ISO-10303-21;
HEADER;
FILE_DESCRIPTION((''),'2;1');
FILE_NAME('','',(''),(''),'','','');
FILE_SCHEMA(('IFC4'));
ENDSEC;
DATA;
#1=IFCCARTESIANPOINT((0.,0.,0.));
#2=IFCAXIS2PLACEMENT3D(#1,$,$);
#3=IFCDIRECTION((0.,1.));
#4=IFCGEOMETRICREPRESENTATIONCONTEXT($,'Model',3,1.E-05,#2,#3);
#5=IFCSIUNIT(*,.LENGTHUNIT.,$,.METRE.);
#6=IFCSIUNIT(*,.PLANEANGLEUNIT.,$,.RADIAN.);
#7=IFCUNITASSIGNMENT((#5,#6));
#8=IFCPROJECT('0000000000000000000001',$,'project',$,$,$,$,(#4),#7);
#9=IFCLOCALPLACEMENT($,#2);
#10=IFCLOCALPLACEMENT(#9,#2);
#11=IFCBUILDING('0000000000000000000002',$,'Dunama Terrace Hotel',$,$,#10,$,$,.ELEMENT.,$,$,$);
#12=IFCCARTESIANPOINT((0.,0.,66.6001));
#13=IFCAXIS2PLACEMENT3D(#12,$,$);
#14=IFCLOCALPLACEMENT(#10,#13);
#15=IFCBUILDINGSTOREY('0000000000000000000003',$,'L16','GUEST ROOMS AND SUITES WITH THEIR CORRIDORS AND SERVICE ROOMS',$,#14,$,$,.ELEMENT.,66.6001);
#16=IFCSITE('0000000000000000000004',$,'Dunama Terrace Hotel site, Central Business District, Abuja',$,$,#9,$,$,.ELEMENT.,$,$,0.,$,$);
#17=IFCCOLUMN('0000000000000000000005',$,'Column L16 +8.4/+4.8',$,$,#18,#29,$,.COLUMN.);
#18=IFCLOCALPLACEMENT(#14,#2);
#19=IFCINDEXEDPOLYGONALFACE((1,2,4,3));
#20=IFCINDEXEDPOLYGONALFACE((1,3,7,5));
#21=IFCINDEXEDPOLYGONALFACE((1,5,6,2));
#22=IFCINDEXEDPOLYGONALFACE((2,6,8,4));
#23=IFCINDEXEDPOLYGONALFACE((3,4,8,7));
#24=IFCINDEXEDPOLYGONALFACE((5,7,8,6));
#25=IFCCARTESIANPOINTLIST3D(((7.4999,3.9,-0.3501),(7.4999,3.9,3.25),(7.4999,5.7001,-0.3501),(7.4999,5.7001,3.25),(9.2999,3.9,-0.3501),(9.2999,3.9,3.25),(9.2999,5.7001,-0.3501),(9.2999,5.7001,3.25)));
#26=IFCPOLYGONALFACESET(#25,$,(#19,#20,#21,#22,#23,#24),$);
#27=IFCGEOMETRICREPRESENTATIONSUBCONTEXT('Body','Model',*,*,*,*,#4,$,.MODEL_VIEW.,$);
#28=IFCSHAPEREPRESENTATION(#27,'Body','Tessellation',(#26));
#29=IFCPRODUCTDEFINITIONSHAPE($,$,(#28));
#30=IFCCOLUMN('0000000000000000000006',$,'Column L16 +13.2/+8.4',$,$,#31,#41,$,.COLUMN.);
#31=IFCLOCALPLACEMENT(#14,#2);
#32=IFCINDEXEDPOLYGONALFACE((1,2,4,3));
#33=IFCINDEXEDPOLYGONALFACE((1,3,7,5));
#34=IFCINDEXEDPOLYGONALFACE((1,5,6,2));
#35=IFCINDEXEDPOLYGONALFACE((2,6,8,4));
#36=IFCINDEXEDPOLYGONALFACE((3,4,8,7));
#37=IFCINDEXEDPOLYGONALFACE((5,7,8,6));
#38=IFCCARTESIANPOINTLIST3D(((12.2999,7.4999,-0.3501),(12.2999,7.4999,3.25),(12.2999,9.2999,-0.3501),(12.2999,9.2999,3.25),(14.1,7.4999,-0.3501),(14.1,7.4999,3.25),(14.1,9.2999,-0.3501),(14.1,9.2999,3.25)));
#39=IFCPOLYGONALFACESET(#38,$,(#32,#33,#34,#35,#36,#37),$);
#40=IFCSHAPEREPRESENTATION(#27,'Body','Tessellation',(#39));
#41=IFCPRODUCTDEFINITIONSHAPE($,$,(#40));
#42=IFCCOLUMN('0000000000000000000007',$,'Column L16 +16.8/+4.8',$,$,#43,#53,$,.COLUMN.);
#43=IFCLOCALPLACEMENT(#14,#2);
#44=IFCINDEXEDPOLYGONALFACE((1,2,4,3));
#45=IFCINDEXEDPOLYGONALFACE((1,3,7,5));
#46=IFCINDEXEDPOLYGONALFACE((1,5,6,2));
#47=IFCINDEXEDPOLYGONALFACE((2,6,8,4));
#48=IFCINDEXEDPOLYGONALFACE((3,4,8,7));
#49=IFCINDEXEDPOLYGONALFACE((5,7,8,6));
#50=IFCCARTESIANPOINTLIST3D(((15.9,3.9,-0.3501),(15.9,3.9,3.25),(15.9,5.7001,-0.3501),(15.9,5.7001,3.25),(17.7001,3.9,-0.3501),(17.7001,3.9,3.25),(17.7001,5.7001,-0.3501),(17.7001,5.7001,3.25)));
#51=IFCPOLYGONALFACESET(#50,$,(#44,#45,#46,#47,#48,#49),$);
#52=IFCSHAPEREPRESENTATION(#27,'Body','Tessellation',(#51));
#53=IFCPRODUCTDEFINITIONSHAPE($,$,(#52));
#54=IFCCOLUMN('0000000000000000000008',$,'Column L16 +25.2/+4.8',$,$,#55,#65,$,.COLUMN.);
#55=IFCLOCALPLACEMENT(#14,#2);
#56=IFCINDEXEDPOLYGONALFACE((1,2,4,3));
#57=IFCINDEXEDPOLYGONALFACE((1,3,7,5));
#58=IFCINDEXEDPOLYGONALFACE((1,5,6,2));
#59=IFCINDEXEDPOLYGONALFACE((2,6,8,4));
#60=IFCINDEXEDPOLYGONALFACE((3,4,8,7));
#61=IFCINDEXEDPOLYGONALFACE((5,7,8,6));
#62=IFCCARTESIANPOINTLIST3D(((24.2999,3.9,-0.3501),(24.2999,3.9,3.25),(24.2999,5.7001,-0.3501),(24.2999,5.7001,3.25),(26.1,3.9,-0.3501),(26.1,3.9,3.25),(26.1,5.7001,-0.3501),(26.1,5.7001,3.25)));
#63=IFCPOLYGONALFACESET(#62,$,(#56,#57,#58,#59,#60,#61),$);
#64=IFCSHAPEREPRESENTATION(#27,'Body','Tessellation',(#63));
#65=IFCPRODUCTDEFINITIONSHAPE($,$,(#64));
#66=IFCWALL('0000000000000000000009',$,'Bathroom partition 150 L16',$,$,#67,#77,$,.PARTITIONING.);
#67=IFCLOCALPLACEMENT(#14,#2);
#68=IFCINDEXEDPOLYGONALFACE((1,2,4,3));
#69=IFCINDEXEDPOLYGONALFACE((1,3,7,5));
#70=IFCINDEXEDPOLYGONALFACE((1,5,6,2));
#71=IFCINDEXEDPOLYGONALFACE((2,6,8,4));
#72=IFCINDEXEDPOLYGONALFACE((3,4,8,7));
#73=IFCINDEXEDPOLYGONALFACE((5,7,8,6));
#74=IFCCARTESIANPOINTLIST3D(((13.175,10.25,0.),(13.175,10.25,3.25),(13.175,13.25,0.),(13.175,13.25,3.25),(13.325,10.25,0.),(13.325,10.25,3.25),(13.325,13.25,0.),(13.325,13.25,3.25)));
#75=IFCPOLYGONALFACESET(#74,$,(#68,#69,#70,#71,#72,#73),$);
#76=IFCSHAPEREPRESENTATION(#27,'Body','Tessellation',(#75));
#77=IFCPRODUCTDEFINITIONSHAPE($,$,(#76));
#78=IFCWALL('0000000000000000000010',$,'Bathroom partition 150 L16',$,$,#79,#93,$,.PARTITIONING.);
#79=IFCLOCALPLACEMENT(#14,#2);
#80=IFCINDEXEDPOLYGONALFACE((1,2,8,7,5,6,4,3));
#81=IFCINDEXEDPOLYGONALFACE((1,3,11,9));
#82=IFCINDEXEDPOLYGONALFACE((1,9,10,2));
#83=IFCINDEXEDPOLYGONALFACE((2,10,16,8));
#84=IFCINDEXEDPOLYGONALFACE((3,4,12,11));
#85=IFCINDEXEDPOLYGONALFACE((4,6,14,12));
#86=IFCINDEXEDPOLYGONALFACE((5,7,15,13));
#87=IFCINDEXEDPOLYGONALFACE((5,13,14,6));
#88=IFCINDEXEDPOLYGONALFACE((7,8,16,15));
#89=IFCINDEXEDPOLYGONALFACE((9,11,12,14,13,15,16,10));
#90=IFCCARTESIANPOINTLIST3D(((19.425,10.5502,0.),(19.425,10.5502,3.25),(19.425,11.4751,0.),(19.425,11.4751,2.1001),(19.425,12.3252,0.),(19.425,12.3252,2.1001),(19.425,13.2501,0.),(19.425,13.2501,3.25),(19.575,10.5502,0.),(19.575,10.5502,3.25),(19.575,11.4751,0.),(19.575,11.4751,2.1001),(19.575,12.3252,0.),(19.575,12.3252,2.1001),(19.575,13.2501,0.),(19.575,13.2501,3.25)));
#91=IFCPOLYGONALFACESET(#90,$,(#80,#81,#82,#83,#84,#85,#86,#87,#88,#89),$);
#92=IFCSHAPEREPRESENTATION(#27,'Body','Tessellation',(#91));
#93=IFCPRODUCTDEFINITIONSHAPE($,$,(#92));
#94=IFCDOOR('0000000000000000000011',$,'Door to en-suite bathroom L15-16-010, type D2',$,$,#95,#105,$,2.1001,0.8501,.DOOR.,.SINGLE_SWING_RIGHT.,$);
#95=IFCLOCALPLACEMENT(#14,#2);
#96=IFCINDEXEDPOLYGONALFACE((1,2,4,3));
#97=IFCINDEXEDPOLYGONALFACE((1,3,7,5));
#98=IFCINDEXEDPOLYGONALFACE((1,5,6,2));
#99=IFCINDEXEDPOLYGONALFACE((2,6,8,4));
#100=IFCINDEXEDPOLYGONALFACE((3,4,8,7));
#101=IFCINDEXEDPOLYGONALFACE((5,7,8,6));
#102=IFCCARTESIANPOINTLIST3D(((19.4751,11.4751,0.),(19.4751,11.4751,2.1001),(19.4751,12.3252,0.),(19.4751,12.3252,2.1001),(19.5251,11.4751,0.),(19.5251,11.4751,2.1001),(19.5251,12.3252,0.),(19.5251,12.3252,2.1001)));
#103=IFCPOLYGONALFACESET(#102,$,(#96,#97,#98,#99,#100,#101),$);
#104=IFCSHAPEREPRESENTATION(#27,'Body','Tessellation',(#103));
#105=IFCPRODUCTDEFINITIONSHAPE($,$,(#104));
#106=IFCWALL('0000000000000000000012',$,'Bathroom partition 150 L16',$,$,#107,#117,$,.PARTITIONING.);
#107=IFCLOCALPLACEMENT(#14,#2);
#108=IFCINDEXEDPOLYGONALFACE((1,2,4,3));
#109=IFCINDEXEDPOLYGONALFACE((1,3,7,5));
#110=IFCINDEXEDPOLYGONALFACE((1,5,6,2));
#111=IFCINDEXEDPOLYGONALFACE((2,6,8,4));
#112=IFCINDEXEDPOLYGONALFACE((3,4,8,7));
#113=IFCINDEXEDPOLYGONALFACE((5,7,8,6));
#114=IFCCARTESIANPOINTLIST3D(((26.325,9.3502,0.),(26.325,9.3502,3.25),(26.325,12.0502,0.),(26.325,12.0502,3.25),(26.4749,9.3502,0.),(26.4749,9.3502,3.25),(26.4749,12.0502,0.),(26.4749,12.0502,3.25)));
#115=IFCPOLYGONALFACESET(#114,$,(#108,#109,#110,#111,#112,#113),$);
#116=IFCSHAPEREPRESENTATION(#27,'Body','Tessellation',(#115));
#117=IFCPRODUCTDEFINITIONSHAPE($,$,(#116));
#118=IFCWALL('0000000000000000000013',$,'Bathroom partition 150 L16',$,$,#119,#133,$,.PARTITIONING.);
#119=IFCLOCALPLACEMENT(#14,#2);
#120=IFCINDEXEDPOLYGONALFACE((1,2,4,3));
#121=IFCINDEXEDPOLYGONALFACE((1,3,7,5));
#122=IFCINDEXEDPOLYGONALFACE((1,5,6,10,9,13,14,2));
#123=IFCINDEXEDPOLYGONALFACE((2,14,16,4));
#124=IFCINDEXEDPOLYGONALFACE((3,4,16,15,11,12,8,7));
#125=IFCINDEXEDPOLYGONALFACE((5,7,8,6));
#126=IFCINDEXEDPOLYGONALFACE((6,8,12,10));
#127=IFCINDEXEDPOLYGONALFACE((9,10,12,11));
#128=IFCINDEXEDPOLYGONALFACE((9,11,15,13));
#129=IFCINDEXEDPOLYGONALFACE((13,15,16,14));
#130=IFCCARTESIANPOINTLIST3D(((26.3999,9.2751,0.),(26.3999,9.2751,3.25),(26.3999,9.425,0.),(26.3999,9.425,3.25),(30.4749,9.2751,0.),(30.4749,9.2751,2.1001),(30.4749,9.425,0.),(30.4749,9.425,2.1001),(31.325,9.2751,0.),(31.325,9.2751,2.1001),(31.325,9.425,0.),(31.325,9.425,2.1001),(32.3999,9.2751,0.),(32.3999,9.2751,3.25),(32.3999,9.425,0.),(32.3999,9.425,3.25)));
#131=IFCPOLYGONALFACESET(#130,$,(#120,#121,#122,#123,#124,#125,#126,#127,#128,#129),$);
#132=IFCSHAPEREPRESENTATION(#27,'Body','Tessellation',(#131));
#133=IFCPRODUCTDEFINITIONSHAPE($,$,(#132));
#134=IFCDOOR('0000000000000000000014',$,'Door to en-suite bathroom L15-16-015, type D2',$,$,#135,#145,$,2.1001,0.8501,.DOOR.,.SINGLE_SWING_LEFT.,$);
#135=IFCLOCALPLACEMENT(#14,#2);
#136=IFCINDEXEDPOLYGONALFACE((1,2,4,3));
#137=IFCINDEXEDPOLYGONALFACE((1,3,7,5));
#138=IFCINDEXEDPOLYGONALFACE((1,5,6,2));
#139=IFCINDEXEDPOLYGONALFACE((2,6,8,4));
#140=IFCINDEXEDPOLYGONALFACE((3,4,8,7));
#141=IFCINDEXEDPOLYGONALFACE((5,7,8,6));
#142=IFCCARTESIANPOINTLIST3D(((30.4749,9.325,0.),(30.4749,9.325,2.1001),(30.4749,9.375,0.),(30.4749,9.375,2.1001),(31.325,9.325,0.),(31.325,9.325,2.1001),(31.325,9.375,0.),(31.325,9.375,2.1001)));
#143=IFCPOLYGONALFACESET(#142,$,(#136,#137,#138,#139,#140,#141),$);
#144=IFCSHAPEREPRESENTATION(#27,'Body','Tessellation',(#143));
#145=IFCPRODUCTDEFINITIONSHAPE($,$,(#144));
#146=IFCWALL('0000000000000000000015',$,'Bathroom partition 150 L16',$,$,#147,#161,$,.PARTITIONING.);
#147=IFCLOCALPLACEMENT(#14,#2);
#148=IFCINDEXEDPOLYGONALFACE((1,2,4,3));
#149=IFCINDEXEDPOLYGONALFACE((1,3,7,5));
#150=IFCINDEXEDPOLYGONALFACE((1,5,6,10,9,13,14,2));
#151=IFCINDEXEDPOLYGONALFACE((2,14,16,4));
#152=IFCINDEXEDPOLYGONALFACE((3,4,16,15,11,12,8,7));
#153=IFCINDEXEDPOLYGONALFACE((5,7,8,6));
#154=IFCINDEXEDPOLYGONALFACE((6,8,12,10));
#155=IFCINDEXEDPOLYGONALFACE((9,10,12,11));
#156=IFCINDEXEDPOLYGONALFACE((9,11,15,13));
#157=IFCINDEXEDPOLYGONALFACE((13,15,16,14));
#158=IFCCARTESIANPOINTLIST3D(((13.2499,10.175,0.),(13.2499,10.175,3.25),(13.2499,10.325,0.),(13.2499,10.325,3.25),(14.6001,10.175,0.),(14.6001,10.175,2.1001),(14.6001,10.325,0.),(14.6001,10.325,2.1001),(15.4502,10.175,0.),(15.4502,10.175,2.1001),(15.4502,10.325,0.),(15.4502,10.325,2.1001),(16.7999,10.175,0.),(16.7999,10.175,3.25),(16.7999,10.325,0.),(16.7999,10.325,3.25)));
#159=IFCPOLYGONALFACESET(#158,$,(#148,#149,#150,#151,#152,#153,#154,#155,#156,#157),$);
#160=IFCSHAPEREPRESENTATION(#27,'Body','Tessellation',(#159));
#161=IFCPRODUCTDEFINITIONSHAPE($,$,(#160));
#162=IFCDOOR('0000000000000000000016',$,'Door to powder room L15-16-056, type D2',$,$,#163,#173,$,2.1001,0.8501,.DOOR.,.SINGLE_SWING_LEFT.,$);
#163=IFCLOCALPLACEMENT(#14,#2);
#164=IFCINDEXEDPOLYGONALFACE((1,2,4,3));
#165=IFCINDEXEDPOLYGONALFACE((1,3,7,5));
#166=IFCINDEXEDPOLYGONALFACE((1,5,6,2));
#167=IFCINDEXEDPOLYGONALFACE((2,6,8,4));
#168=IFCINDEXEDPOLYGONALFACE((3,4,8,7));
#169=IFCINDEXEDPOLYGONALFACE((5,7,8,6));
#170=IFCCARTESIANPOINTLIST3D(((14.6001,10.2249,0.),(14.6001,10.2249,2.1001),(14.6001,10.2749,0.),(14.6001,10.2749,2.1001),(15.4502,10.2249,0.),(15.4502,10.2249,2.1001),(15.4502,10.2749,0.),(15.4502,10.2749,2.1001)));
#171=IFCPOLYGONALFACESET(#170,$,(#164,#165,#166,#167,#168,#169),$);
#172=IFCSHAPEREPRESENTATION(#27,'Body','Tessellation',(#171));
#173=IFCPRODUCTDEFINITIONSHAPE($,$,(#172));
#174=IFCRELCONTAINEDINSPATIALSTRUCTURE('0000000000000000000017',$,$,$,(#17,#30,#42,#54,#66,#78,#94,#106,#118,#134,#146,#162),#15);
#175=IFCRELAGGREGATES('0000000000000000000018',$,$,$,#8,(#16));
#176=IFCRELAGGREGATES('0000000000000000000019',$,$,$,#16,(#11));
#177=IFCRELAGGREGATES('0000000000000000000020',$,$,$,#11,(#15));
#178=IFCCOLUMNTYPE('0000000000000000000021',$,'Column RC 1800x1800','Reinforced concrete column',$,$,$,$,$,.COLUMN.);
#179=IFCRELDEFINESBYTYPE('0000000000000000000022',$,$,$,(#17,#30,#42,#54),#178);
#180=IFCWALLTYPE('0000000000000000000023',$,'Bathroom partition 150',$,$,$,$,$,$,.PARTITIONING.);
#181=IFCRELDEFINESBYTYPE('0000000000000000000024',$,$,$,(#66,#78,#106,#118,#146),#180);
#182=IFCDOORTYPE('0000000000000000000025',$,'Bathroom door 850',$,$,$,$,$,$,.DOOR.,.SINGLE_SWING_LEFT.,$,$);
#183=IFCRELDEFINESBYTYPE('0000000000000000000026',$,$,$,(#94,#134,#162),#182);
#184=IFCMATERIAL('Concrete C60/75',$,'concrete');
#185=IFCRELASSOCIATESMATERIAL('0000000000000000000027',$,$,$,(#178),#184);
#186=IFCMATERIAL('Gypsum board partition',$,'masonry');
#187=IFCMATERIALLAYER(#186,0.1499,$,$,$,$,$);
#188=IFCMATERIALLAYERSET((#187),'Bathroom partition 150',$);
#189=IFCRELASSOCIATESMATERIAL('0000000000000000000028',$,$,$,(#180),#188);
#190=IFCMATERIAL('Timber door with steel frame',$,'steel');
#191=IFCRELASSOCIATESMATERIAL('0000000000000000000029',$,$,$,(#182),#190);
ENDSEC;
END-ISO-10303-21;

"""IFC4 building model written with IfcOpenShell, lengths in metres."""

from ifc_helpers import new_model, si_unit, direction, frame, frame_2d, origin, origin_2d, place, context, subcontext, project, spatial, rectangle, extrude, material, layer, layer_set, material_profile, profile_set, type_object, element, fill, save


model = new_model("IFC4")

# Units and contexts
model_context = context("Model", 3, precision=1e-05, world=origin(), true_north=direction((0.0, 1.0)))
body_context = subcontext(model_context, "Body", "Model", "MODEL_VIEW")
ifc_project = project(units=[si_unit("LENGTHUNIT", "METRE"), si_unit("PLANEANGLEUNIT", "RADIAN")], contexts=[model_context])

# Site, building, storey
site_placement = place(None, origin())
site = spatial("IfcSite", under=ifc_project, at=site_placement, Name="Dunama Terrace Hotel site, Central Business District, Abuja", CompositionType="ELEMENT", RefElevation=0.0)
building_placement = place(site_placement, origin())
building = spatial("IfcBuilding", under=site, at=building_placement, Name="Dunama Terrace Hotel", CompositionType="ELEMENT")
storey_placement = place(building_placement, frame((0.0, 0.0, 66.6001)))
storey = spatial("IfcBuildingStorey", under=building, at=storey_placement, Name="L16", Description="GUEST ROOMS AND SUITES WITH THEIR CORRIDORS AND SERVICE ROOMS", CompositionType="ELEMENT", Elevation=66.6001)

# Columns
ifc_material_1 = material(Name="Concrete C60/75", Category="concrete")
ifc_material_profile = material_profile(ifc_material_1, rectangle(XDim=1.8, YDim=1.8, at=origin_2d()), Name="RC 1800x1800")
ifc_profile_set = profile_set([ifc_material_profile], Name="Concrete C60/75")
column_type = type_object("IfcColumnType", Name="Column RC 1800x1800", Description="Reinforced concrete column", PredefinedType="COLUMN", material=ifc_profile_set)
for number, where, z_axis, x_axis, name in (
    (1, (8.3999, 4.8, -0.3501), (0.0, 0.0, 1.0), (1.0, 0.0, 0.0), "Column L16 +8.4/+4.8"),
    (2, (13.2, 8.3999, -0.3501), (0.0, 0.0, 1.0), (1.0, 0.0, 0.0), "Column L16 +13.2/+8.4"),
    (3, (16.8, 4.8, -0.3501), (0.0, 0.0, 1.0), (1.0, 0.0, 0.0), "Column L16 +16.8/+4.8"),
    (4, (25.2, 4.8, -0.3501), (0.0, 0.0, 1.0), (1.0, 0.0, 0.0), "Column L16 +25.2/+4.8"),
):
    element("IfcColumn", number, at=place(storey_placement, frame(where, z_axis=z_axis, x_axis=x_axis)), inside=storey, type_object=column_type, Name=name, PredefinedType="COLUMN", context=body_context, shape_type="SweptSolid", body=[
        extrude(rectangle(XDim=1.8, YDim=1.8, at=origin_2d()), origin(), (0.0, 0.0, 1.0), 3.6001),
    ])

# Wall
ifc_material_2 = material(Name="Gypsum board partition", Category="masonry")
ifc_layer_1 = layer(ifc_material_2, 0.1499)
ifc_layer_set_1 = layer_set([ifc_layer_1], Name="Bathroom partition 150")
wall_type_1 = type_object("IfcWallType", Name="Bathroom partition 150", PredefinedType="PARTITIONING", material=ifc_layer_set_1)
wall_1_placement = place(storey_placement, frame((13.25, 10.25, 0.0), z_axis=(0.0, 0.0, 1.0), x_axis=(0.0, 1.0, 0.0)))
element("IfcWall", 5, at=wall_1_placement, inside=storey, type_object=wall_type_1, Name="Bathroom partition 150 L16", PredefinedType="PARTITIONING", context=body_context, shape_type="SweptSolid", body=[
    extrude(rectangle(XDim=3.0, YDim=0.1499, at=frame_2d((1.5, 0.0))), origin(), (0.0, 0.0, 1.0), 3.25),
])

# Wall, opening, door
wall_2_placement = place(storey_placement, frame((19.5, 10.55, 0.0), z_axis=(0.0, 0.0, 1.0), x_axis=(0.0, 1.0, 0.0)))
wall_2 = element("IfcWall", 6, at=wall_2_placement, inside=storey, type_object=wall_type_1, Name="Bathroom partition 150 L16", PredefinedType="PARTITIONING", context=body_context, shape_type="SweptSolid", body=[
    extrude(rectangle(XDim=2.7, YDim=0.1499, at=frame_2d((1.3501, 0.0))), origin(), (0.0, 0.0, 1.0), 3.25),
])
opening_1_placement = place(wall_2_placement, frame((0.925, 0.0, 0.0)))
opening_1 = element("IfcOpeningElement", 7, at=opening_1_placement, cuts=wall_2, PredefinedType="OPENING", context=body_context, shape_type="SweptSolid", body=[
    extrude(rectangle(XDim=0.8501, YDim=2.1001, at=frame_2d((0.425, 1.05))), frame((0.0, 0.085, 0.0), z_axis=(0.0, -1.0, 0.0), x_axis=(1.0, 0.0, 0.0)), (0.0, 0.0, 1.0), 0.1699),
])
ifc_material_3 = material(Name="Timber door with steel frame", Category="steel")
door_type_1 = type_object("IfcDoorType", Name="Bathroom door 850", OperationType="SINGLE_SWING_LEFT", PredefinedType="DOOR", material=ifc_material_3)
door_1_placement = place(opening_1_placement, origin())
door_1 = element("IfcDoor", 8, at=door_1_placement, inside=storey, type_object=door_type_1, Name="Door to en-suite bathroom L15-16-010, type D2", OperationType="SINGLE_SWING_RIGHT", OverallHeight=2.1001, OverallWidth=0.8501, PredefinedType="DOOR", context=body_context, shape_type="SweptSolid", body=[
    extrude(rectangle(XDim=0.8501, YDim=2.1001, at=frame_2d((0.425, 1.05))), frame((0.0, 0.0249, 0.0), z_axis=(0.0, -1.0, 0.0), x_axis=(1.0, 0.0, 0.0)), (0.0, 0.0, 1.0), 0.05),
])
fill(opening_1, door_1)

# Wall
wall_3_placement = place(storey_placement, frame((26.3999, 9.3501, 0.0), z_axis=(0.0, 0.0, 1.0), x_axis=(0.0, 1.0, 0.0)))
element("IfcWall", 9, at=wall_3_placement, inside=storey, type_object=wall_type_1, Name="Bathroom partition 150 L16", PredefinedType="PARTITIONING", context=body_context, shape_type="SweptSolid", body=[
    extrude(rectangle(XDim=2.7, YDim=0.1499, at=frame_2d((1.3501, 0.0))), origin(), (0.0, 0.0, 1.0), 3.25),
])

# Walls, openings, doors
wall_4_placement = place(storey_placement, frame((26.3999, 9.3501, 0.0), z_axis=(0.0, 0.0, 1.0), x_axis=(1.0, 0.0, 0.0)))
wall_4 = element("IfcWall", 10, at=wall_4_placement, inside=storey, type_object=wall_type_1, Name="Bathroom partition 150 L16", PredefinedType="PARTITIONING", context=body_context, shape_type="SweptSolid", body=[
    extrude(rectangle(XDim=6.0, YDim=0.1499, at=frame_2d((3.0, 0.0))), origin(), (0.0, 0.0, 1.0), 3.25),
])
opening_2_placement = place(wall_4_placement, frame((4.075, 0.0, 0.0)))
opening_2 = element("IfcOpeningElement", 11, at=opening_2_placement, cuts=wall_4, PredefinedType="OPENING", context=body_context, shape_type="SweptSolid", body=[
    extrude(rectangle(XDim=0.8501, YDim=2.1001, at=frame_2d((0.425, 1.05))), frame((0.0, 0.085, 0.0), z_axis=(0.0, -1.0, 0.0), x_axis=(1.0, 0.0, 0.0)), (0.0, 0.0, 1.0), 0.1699),
])
door_2_placement = place(opening_2_placement, origin())
door_2 = element("IfcDoor", 12, at=door_2_placement, inside=storey, type_object=door_type_1, Name="Door to en-suite bathroom L15-16-015, type D2", OperationType="SINGLE_SWING_LEFT", OverallHeight=2.1001, OverallWidth=0.8501, PredefinedType="DOOR", context=body_context, shape_type="SweptSolid", body=[
    extrude(rectangle(XDim=0.8501, YDim=2.1001, at=frame_2d((0.425, 1.05))), frame((0.0, 0.0249, 0.0), z_axis=(0.0, -1.0, 0.0), x_axis=(1.0, 0.0, 0.0)), (0.0, 0.0, 1.0), 0.05),
])
fill(opening_2, door_2)
wall_5_placement = place(storey_placement, frame((13.25, 10.25, 0.0), z_axis=(0.0, 0.0, 1.0), x_axis=(1.0, 0.0, 0.0)))
wall_5 = element("IfcWall", 13, at=wall_5_placement, inside=storey, type_object=wall_type_1, Name="Bathroom partition 150 L16", PredefinedType="PARTITIONING", context=body_context, shape_type="SweptSolid", body=[
    extrude(rectangle(XDim=3.55, YDim=0.1499, at=frame_2d((1.7749, 0.0))), origin(), (0.0, 0.0, 1.0), 3.25),
])
opening_3_placement = place(wall_5_placement, frame((1.3501, 0.0, 0.0)))
opening_3 = element("IfcOpeningElement", 14, at=opening_3_placement, cuts=wall_5, PredefinedType="OPENING", context=body_context, shape_type="SweptSolid", body=[
    extrude(rectangle(XDim=0.8501, YDim=2.1001, at=frame_2d((0.425, 1.05))), frame((0.0, 0.085, 0.0), z_axis=(0.0, -1.0, 0.0), x_axis=(1.0, 0.0, 0.0)), (0.0, 0.0, 1.0), 0.1699),
])
door_3_placement = place(opening_3_placement, origin())
door_3 = element("IfcDoor", 15, at=door_3_placement, inside=storey, type_object=door_type_1, Name="Door to powder room L15-16-056, type D2", OperationType="SINGLE_SWING_LEFT", OverallHeight=2.1001, OverallWidth=0.8501, PredefinedType="DOOR", context=body_context, shape_type="SweptSolid", body=[
    extrude(rectangle(XDim=0.8501, YDim=2.1001, at=frame_2d((0.425, 1.05))), frame((0.0, 0.0249, 0.0), z_axis=(0.0, -1.0, 0.0), x_axis=(1.0, 0.0, 0.0)), (0.0, 0.0, 1.0), 0.05),
])
fill(opening_3, door_3)

save(model, "model.ifc")
